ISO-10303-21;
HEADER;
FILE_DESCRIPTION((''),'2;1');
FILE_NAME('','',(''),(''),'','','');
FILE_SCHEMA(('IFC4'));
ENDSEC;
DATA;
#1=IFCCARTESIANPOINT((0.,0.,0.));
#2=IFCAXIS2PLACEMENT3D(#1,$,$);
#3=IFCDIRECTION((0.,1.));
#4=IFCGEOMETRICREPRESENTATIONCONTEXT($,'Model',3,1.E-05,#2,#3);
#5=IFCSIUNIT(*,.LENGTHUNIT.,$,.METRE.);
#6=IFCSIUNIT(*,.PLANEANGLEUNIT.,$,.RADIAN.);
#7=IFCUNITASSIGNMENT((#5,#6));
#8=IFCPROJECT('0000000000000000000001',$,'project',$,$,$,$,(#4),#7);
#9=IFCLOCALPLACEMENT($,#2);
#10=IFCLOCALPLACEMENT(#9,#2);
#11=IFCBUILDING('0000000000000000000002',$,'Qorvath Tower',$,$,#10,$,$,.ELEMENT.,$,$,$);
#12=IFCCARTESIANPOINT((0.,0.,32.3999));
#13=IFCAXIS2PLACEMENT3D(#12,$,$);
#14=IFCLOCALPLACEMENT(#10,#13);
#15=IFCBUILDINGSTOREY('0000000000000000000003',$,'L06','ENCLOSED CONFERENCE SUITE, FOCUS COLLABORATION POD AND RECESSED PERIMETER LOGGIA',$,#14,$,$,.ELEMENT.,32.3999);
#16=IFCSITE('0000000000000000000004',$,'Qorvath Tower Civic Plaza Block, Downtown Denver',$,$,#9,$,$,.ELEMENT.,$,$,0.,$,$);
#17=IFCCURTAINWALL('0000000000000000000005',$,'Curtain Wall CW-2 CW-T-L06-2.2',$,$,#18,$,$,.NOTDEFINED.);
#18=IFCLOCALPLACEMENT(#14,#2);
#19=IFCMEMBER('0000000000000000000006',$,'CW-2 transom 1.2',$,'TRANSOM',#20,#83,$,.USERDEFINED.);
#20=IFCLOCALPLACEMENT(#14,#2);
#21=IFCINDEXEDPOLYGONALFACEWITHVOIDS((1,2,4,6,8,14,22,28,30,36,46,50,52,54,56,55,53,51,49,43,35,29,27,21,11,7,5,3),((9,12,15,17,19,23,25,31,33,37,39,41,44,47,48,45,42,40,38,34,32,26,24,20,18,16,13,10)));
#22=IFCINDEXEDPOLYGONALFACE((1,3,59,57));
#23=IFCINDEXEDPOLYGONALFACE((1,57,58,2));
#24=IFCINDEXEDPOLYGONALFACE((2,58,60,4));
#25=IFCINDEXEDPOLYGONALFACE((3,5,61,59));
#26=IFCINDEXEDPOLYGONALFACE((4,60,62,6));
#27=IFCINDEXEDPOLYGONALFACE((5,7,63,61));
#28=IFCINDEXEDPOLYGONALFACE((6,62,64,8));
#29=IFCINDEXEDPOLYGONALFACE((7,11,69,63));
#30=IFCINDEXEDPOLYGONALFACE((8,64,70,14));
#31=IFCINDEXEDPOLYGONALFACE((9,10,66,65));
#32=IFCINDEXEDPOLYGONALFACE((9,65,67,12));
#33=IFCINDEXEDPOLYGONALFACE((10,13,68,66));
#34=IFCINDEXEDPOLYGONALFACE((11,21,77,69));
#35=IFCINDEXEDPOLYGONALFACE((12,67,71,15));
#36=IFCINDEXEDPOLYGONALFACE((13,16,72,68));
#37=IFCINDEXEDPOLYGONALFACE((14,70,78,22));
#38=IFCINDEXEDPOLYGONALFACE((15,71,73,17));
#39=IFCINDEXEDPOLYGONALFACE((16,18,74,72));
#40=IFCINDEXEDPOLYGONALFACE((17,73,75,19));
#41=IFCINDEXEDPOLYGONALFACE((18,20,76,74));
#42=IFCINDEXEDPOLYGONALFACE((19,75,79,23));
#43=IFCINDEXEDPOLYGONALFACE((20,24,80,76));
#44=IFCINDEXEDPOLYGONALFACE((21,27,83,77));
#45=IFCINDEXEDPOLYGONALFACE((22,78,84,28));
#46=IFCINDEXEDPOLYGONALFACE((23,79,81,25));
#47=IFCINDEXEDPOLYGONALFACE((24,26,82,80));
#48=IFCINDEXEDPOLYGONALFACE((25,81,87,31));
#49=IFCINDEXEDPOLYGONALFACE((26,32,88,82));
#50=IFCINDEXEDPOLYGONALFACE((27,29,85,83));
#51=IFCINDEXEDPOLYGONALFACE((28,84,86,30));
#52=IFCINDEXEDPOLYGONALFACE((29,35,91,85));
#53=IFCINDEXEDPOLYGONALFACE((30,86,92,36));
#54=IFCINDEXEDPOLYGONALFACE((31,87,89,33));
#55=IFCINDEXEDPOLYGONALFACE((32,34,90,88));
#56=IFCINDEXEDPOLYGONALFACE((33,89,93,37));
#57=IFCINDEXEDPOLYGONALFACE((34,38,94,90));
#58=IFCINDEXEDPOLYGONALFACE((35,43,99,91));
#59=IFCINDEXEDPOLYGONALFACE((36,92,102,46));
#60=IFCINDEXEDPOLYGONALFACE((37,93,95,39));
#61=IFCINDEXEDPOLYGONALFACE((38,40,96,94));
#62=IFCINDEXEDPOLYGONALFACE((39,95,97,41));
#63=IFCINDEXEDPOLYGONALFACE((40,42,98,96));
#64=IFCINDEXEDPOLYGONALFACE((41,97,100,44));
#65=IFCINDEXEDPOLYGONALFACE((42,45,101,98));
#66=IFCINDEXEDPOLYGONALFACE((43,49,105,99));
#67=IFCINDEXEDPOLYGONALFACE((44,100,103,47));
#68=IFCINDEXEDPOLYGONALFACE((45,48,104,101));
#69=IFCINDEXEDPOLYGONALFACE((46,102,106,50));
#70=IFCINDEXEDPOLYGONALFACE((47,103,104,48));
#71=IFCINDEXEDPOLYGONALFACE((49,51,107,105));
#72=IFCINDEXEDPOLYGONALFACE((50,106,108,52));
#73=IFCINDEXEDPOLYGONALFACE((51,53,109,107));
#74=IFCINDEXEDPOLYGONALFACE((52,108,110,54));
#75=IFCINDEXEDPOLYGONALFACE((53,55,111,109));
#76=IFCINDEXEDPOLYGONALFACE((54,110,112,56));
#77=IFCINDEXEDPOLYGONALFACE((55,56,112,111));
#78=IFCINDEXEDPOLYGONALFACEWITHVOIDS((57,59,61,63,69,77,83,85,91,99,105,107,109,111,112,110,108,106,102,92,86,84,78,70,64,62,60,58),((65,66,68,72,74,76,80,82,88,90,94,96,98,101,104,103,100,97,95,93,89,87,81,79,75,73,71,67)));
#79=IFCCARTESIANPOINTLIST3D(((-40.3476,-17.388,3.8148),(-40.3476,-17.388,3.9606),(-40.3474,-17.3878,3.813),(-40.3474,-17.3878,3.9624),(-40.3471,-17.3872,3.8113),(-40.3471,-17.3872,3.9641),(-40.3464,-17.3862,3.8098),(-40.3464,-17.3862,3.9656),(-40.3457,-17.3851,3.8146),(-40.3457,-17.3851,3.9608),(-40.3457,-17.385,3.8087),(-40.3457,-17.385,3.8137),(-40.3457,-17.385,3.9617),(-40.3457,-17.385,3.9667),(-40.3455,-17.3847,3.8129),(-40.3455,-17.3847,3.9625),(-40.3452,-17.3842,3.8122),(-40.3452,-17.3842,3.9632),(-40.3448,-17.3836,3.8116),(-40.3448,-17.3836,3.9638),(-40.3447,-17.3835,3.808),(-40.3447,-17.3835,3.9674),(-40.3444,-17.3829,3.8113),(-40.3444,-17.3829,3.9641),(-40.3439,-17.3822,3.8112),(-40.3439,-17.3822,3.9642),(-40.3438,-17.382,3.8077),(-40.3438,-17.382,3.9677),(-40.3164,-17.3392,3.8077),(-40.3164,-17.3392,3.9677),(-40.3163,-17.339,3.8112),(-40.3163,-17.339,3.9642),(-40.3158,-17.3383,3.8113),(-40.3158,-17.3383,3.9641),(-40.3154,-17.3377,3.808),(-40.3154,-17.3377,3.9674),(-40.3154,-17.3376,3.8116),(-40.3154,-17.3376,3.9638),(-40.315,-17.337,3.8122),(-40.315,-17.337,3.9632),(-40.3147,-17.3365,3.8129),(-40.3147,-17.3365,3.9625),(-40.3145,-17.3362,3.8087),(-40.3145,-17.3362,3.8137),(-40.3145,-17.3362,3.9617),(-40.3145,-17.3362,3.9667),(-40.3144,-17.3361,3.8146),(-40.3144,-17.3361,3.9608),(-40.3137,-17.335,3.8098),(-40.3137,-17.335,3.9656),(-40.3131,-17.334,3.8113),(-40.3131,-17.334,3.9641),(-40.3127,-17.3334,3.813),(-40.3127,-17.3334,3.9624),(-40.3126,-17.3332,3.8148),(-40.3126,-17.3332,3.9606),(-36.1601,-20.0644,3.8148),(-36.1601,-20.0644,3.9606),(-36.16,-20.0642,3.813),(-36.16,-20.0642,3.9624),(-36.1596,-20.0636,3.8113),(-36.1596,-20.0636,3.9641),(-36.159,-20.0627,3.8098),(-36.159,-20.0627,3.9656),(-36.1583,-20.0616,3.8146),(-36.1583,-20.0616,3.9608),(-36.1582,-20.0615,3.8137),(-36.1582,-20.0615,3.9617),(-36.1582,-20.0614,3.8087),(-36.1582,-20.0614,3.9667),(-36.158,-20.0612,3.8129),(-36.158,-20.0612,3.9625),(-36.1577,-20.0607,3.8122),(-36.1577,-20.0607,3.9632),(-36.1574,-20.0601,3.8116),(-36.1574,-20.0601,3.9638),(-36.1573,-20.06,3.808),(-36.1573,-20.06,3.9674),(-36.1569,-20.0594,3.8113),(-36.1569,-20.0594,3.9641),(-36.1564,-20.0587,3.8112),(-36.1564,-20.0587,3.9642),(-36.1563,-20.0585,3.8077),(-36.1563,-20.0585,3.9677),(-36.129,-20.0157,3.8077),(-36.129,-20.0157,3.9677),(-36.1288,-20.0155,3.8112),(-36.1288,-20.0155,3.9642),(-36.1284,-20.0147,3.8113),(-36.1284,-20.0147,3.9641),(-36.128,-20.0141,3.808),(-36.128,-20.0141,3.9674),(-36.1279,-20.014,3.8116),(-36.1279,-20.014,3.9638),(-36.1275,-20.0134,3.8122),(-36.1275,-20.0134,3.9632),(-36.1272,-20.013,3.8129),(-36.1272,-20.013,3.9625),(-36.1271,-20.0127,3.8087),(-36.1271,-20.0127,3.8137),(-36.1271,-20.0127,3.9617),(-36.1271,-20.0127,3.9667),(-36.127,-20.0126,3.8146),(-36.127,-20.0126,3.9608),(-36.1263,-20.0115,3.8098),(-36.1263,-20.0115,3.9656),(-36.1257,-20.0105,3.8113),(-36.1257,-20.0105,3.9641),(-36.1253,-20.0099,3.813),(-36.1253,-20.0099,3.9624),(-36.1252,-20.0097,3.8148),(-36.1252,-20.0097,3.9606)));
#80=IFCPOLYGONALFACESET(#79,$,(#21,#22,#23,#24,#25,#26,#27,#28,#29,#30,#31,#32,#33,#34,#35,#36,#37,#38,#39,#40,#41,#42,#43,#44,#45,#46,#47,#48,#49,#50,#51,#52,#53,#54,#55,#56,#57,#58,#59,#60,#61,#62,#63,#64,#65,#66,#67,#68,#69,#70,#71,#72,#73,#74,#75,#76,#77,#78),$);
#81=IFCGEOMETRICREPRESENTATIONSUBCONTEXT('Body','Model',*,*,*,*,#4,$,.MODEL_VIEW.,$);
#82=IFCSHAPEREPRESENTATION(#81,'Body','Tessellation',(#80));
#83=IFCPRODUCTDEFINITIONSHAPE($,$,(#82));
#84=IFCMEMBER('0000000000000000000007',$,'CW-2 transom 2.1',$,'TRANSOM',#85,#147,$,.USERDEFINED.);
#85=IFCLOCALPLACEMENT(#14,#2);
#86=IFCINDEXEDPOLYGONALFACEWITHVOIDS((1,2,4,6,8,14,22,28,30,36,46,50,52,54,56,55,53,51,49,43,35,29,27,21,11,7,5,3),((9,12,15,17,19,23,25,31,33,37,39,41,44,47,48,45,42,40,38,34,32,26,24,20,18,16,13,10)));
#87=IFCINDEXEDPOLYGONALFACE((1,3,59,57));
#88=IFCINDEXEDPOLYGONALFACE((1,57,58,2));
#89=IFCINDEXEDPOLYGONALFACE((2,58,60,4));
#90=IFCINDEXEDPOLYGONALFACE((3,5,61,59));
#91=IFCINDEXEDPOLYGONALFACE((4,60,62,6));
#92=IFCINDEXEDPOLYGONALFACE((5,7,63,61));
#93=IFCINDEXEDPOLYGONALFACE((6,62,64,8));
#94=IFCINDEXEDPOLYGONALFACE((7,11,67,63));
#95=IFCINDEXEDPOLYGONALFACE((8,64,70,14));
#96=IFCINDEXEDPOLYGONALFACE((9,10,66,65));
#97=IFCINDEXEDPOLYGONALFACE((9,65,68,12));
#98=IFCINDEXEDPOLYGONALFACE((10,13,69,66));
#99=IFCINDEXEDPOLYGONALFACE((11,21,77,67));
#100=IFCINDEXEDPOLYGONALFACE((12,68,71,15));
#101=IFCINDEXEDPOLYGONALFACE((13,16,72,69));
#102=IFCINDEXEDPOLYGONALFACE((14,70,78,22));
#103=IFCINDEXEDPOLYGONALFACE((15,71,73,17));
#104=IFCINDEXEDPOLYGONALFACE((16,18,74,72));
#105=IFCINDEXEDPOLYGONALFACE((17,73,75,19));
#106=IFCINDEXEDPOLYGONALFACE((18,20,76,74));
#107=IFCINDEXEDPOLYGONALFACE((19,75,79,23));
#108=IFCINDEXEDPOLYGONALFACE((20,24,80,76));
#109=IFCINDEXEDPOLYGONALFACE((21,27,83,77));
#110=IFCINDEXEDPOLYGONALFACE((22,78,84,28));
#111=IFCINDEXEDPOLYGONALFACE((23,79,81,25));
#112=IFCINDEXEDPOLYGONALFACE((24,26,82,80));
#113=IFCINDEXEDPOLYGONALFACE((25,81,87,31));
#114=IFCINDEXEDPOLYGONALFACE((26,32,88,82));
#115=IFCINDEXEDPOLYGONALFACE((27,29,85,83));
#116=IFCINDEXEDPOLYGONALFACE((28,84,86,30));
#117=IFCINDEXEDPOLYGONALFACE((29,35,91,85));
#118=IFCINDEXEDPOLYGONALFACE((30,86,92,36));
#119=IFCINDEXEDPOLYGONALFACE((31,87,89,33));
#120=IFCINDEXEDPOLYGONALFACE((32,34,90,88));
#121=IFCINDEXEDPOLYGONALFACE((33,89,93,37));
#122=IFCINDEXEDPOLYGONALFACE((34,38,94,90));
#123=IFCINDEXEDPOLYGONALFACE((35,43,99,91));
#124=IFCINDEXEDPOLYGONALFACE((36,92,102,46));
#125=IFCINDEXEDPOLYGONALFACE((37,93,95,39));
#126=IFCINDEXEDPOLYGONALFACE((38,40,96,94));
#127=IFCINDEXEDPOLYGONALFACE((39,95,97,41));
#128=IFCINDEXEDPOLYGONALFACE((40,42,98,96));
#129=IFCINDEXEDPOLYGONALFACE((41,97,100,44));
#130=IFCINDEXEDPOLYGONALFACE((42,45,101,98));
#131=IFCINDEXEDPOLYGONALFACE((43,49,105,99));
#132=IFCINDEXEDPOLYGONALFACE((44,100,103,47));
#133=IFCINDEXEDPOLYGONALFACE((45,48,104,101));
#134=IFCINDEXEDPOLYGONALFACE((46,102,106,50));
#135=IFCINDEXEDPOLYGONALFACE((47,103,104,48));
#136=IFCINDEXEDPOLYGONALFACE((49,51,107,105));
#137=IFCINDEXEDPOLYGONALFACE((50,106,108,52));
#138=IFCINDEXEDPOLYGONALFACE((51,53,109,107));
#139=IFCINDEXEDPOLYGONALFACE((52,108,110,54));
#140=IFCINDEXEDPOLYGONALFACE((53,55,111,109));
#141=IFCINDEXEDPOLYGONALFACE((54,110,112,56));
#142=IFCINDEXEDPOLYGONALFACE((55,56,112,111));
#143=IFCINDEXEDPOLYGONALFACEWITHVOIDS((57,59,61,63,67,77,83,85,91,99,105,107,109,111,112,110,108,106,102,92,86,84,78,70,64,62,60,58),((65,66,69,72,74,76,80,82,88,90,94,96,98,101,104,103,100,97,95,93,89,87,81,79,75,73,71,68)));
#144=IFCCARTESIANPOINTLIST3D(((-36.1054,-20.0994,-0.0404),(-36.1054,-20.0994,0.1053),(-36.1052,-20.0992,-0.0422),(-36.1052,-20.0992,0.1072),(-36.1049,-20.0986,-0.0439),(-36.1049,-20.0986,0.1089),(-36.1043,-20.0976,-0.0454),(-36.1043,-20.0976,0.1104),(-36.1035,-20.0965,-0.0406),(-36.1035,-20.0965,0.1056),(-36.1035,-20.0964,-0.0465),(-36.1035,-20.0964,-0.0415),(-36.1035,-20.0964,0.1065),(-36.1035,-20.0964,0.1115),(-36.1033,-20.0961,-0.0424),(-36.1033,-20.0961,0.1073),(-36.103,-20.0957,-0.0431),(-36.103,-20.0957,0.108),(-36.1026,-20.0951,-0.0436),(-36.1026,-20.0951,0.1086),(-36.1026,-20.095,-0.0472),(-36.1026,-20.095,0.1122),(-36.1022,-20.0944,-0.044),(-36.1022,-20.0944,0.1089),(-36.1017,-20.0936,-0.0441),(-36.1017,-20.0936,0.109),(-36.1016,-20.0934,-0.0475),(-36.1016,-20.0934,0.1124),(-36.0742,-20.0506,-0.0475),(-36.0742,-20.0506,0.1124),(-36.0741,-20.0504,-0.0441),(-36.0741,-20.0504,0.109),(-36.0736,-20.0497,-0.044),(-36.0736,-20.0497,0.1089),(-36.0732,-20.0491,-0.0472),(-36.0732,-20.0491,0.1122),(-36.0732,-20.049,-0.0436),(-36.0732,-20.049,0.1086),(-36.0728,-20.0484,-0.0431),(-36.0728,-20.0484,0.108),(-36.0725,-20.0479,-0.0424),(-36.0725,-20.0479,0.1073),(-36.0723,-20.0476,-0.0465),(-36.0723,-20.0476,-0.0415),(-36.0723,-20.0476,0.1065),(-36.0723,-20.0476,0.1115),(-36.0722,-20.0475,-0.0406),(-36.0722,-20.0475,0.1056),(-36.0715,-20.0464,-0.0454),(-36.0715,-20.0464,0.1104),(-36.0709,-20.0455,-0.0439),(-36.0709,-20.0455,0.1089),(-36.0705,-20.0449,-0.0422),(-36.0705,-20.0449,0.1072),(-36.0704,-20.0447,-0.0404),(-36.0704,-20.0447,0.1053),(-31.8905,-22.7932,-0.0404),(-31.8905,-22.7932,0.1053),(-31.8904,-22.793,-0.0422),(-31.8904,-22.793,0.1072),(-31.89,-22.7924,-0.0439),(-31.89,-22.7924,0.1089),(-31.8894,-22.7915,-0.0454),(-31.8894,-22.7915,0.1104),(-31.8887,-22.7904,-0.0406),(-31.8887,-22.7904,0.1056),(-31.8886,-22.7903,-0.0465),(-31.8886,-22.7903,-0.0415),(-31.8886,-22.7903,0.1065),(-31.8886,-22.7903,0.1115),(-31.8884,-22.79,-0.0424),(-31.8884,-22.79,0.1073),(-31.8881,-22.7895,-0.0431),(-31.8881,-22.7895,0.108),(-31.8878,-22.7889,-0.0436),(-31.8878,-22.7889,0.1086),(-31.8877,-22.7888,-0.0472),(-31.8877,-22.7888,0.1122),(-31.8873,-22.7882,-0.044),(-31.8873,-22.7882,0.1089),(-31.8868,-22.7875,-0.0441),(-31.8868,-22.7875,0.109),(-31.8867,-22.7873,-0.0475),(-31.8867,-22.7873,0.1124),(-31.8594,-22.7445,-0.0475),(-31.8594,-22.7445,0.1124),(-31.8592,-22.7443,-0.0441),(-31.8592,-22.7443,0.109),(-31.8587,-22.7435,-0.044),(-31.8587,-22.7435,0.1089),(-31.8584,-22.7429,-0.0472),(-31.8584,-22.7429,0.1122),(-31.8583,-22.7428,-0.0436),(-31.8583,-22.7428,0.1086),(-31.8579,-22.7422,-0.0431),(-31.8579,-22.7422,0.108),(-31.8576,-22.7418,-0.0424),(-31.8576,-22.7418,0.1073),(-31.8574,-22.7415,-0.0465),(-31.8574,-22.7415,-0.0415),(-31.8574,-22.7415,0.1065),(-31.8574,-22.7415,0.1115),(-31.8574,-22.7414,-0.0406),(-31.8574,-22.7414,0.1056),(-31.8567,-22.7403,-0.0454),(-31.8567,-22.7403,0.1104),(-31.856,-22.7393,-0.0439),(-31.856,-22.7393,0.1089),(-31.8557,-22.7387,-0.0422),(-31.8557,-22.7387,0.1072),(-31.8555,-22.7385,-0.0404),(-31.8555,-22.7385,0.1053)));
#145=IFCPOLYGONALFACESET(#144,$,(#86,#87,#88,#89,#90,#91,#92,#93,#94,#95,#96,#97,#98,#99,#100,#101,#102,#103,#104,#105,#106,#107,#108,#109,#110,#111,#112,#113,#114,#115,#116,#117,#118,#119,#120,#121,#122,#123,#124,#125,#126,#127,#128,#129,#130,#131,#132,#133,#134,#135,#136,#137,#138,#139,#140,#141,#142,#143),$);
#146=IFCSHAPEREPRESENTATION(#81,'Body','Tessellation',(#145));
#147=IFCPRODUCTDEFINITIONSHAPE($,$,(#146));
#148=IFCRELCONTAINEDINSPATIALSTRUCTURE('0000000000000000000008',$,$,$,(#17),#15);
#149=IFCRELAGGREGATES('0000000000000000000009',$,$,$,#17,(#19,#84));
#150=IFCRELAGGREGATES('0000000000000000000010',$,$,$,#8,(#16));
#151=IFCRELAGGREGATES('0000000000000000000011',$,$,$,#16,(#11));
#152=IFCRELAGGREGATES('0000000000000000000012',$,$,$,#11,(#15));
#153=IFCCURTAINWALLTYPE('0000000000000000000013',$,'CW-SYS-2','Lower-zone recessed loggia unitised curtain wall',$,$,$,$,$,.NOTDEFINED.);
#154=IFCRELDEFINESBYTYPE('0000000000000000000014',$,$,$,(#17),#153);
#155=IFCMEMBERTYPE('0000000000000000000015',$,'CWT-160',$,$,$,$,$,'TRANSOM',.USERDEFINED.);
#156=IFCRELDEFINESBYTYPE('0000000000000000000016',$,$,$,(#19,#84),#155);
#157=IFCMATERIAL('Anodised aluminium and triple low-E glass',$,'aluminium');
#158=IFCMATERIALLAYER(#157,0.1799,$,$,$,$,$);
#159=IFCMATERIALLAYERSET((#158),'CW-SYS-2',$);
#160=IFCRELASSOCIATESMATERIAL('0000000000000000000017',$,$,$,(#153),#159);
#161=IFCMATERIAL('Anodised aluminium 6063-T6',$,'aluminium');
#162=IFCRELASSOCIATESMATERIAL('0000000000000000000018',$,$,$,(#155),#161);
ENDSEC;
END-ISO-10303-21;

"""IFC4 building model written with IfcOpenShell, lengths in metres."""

from ifc_helpers import new_model, si_unit, direction, frame, origin, origin_2d, place, context, subcontext, project, spatial, hollow_rectangle, extrude, material, layer, layer_set, material_profile, profile_set, type_object, element, aggregate, save


model = new_model("IFC4")

# Units and contexts
model_context = context("Model", 3, precision=1e-05, world=origin(), true_north=direction((0.0, 1.0)))
body_context = subcontext(model_context, "Body", "Model", "MODEL_VIEW")
ifc_project = project(units=[si_unit("LENGTHUNIT", "METRE"), si_unit("PLANEANGLEUNIT", "RADIAN")], contexts=[model_context])

# Site, building, storey
site_placement = place(None, origin())
site = spatial("IfcSite", under=ifc_project, at=site_placement, Name="Qorvath Tower Civic Plaza Block, Downtown Denver", CompositionType="ELEMENT", RefElevation=0.0)
building_placement = place(site_placement, origin())
building = spatial("IfcBuilding", under=site, at=building_placement, Name="Qorvath Tower", CompositionType="ELEMENT")
storey_placement = place(building_placement, frame((0.0, 0.0, 32.3999)))
storey = spatial("IfcBuildingStorey", under=building, at=storey_placement, Name="L06", Description="ENCLOSED CONFERENCE SUITE, FOCUS COLLABORATION POD AND RECESSED PERIMETER LOGGIA", CompositionType="ELEMENT", Elevation=32.3999)

# Shared definitions
ifc_material_1 = material(Name="Anodised aluminium and triple low-E glass", Category="aluminium")
ifc_layer_1 = layer(ifc_material_1, 0.1799)
ifc_layer_set_1 = layer_set([ifc_layer_1], Name="CW-SYS-2")
curtain_wall_type = type_object("IfcCurtainWallType", Name="CW-SYS-2", Description="Lower-zone recessed loggia unitised curtain wall", PredefinedType="NOTDEFINED", material=ifc_layer_set_1)

# Curtain wall, members
curtain_wall_1_placement = place(storey_placement, origin())
curtain_wall_1 = element("IfcCurtainWall", 1, at=curtain_wall_1_placement, inside=storey, type_object=curtain_wall_type, Name="Curtain Wall CW-2 CW-T-L06-2.2", PredefinedType="NOTDEFINED")
ifc_material_2 = material(Name="Anodised aluminium 6063-T6", Category="aluminium")
ifc_material_profile_1 = material_profile(ifc_material_2, hollow_rectangle(XDim=0.0649, YDim=0.1599, WallThickness=0.0034, InnerFilletRadius=0.0034, OuterFilletRadius=0.0071, at=origin_2d()), Name="CWT 160x65")
ifc_profile_set_1 = profile_set([ifc_material_profile_1], Name="Anodised aluminium 6063-T6")
member_type_1 = type_object("IfcMemberType", Name="CWT-160", ElementType="TRANSOM", PredefinedType="USERDEFINED", material=ifc_profile_set_1)
member_1_placement = place(storey_placement, frame((-40.3301, -17.3606, 3.8877), z_axis=(0.84259, -0.538556, 0.0), x_axis=(0.538556, 0.84259, 0.0)))
member_1 = element("IfcMember", 2, at=member_1_placement, type_object=member_type_1, Name="CW-2 transom 1.2", ObjectType="TRANSOM", PredefinedType="USERDEFINED", context=body_context, shape_type="SweptSolid", body=[
    extrude(hollow_rectangle(XDim=0.0649, YDim=0.1599, WallThickness=0.0034, InnerFilletRadius=0.0034, OuterFilletRadius=0.0071, at=origin_2d()), origin(), (0.0, 0.0, 1.0), 4.9697),
])
member_2_placement = place(storey_placement, frame((-36.0879, -20.072, 0.0325), z_axis=(0.842603, -0.538536, 0.0), x_axis=(0.538536, 0.842603, 0.0)))
member_2 = element("IfcMember", 3, at=member_2_placement, type_object=member_type_1, Name="CW-2 transom 2.1", ObjectType="TRANSOM", PredefinedType="USERDEFINED", context=body_context, shape_type="SweptSolid", body=[
    extrude(hollow_rectangle(XDim=0.0649, YDim=0.1599, WallThickness=0.0034, InnerFilletRadius=0.0034, OuterFilletRadius=0.0071, at=origin_2d()), origin(), (0.0, 0.0, 1.0), 5.0022),
])

aggregate(curtain_wall_1, [member_1, member_2])

save(model, "model.ifc")
